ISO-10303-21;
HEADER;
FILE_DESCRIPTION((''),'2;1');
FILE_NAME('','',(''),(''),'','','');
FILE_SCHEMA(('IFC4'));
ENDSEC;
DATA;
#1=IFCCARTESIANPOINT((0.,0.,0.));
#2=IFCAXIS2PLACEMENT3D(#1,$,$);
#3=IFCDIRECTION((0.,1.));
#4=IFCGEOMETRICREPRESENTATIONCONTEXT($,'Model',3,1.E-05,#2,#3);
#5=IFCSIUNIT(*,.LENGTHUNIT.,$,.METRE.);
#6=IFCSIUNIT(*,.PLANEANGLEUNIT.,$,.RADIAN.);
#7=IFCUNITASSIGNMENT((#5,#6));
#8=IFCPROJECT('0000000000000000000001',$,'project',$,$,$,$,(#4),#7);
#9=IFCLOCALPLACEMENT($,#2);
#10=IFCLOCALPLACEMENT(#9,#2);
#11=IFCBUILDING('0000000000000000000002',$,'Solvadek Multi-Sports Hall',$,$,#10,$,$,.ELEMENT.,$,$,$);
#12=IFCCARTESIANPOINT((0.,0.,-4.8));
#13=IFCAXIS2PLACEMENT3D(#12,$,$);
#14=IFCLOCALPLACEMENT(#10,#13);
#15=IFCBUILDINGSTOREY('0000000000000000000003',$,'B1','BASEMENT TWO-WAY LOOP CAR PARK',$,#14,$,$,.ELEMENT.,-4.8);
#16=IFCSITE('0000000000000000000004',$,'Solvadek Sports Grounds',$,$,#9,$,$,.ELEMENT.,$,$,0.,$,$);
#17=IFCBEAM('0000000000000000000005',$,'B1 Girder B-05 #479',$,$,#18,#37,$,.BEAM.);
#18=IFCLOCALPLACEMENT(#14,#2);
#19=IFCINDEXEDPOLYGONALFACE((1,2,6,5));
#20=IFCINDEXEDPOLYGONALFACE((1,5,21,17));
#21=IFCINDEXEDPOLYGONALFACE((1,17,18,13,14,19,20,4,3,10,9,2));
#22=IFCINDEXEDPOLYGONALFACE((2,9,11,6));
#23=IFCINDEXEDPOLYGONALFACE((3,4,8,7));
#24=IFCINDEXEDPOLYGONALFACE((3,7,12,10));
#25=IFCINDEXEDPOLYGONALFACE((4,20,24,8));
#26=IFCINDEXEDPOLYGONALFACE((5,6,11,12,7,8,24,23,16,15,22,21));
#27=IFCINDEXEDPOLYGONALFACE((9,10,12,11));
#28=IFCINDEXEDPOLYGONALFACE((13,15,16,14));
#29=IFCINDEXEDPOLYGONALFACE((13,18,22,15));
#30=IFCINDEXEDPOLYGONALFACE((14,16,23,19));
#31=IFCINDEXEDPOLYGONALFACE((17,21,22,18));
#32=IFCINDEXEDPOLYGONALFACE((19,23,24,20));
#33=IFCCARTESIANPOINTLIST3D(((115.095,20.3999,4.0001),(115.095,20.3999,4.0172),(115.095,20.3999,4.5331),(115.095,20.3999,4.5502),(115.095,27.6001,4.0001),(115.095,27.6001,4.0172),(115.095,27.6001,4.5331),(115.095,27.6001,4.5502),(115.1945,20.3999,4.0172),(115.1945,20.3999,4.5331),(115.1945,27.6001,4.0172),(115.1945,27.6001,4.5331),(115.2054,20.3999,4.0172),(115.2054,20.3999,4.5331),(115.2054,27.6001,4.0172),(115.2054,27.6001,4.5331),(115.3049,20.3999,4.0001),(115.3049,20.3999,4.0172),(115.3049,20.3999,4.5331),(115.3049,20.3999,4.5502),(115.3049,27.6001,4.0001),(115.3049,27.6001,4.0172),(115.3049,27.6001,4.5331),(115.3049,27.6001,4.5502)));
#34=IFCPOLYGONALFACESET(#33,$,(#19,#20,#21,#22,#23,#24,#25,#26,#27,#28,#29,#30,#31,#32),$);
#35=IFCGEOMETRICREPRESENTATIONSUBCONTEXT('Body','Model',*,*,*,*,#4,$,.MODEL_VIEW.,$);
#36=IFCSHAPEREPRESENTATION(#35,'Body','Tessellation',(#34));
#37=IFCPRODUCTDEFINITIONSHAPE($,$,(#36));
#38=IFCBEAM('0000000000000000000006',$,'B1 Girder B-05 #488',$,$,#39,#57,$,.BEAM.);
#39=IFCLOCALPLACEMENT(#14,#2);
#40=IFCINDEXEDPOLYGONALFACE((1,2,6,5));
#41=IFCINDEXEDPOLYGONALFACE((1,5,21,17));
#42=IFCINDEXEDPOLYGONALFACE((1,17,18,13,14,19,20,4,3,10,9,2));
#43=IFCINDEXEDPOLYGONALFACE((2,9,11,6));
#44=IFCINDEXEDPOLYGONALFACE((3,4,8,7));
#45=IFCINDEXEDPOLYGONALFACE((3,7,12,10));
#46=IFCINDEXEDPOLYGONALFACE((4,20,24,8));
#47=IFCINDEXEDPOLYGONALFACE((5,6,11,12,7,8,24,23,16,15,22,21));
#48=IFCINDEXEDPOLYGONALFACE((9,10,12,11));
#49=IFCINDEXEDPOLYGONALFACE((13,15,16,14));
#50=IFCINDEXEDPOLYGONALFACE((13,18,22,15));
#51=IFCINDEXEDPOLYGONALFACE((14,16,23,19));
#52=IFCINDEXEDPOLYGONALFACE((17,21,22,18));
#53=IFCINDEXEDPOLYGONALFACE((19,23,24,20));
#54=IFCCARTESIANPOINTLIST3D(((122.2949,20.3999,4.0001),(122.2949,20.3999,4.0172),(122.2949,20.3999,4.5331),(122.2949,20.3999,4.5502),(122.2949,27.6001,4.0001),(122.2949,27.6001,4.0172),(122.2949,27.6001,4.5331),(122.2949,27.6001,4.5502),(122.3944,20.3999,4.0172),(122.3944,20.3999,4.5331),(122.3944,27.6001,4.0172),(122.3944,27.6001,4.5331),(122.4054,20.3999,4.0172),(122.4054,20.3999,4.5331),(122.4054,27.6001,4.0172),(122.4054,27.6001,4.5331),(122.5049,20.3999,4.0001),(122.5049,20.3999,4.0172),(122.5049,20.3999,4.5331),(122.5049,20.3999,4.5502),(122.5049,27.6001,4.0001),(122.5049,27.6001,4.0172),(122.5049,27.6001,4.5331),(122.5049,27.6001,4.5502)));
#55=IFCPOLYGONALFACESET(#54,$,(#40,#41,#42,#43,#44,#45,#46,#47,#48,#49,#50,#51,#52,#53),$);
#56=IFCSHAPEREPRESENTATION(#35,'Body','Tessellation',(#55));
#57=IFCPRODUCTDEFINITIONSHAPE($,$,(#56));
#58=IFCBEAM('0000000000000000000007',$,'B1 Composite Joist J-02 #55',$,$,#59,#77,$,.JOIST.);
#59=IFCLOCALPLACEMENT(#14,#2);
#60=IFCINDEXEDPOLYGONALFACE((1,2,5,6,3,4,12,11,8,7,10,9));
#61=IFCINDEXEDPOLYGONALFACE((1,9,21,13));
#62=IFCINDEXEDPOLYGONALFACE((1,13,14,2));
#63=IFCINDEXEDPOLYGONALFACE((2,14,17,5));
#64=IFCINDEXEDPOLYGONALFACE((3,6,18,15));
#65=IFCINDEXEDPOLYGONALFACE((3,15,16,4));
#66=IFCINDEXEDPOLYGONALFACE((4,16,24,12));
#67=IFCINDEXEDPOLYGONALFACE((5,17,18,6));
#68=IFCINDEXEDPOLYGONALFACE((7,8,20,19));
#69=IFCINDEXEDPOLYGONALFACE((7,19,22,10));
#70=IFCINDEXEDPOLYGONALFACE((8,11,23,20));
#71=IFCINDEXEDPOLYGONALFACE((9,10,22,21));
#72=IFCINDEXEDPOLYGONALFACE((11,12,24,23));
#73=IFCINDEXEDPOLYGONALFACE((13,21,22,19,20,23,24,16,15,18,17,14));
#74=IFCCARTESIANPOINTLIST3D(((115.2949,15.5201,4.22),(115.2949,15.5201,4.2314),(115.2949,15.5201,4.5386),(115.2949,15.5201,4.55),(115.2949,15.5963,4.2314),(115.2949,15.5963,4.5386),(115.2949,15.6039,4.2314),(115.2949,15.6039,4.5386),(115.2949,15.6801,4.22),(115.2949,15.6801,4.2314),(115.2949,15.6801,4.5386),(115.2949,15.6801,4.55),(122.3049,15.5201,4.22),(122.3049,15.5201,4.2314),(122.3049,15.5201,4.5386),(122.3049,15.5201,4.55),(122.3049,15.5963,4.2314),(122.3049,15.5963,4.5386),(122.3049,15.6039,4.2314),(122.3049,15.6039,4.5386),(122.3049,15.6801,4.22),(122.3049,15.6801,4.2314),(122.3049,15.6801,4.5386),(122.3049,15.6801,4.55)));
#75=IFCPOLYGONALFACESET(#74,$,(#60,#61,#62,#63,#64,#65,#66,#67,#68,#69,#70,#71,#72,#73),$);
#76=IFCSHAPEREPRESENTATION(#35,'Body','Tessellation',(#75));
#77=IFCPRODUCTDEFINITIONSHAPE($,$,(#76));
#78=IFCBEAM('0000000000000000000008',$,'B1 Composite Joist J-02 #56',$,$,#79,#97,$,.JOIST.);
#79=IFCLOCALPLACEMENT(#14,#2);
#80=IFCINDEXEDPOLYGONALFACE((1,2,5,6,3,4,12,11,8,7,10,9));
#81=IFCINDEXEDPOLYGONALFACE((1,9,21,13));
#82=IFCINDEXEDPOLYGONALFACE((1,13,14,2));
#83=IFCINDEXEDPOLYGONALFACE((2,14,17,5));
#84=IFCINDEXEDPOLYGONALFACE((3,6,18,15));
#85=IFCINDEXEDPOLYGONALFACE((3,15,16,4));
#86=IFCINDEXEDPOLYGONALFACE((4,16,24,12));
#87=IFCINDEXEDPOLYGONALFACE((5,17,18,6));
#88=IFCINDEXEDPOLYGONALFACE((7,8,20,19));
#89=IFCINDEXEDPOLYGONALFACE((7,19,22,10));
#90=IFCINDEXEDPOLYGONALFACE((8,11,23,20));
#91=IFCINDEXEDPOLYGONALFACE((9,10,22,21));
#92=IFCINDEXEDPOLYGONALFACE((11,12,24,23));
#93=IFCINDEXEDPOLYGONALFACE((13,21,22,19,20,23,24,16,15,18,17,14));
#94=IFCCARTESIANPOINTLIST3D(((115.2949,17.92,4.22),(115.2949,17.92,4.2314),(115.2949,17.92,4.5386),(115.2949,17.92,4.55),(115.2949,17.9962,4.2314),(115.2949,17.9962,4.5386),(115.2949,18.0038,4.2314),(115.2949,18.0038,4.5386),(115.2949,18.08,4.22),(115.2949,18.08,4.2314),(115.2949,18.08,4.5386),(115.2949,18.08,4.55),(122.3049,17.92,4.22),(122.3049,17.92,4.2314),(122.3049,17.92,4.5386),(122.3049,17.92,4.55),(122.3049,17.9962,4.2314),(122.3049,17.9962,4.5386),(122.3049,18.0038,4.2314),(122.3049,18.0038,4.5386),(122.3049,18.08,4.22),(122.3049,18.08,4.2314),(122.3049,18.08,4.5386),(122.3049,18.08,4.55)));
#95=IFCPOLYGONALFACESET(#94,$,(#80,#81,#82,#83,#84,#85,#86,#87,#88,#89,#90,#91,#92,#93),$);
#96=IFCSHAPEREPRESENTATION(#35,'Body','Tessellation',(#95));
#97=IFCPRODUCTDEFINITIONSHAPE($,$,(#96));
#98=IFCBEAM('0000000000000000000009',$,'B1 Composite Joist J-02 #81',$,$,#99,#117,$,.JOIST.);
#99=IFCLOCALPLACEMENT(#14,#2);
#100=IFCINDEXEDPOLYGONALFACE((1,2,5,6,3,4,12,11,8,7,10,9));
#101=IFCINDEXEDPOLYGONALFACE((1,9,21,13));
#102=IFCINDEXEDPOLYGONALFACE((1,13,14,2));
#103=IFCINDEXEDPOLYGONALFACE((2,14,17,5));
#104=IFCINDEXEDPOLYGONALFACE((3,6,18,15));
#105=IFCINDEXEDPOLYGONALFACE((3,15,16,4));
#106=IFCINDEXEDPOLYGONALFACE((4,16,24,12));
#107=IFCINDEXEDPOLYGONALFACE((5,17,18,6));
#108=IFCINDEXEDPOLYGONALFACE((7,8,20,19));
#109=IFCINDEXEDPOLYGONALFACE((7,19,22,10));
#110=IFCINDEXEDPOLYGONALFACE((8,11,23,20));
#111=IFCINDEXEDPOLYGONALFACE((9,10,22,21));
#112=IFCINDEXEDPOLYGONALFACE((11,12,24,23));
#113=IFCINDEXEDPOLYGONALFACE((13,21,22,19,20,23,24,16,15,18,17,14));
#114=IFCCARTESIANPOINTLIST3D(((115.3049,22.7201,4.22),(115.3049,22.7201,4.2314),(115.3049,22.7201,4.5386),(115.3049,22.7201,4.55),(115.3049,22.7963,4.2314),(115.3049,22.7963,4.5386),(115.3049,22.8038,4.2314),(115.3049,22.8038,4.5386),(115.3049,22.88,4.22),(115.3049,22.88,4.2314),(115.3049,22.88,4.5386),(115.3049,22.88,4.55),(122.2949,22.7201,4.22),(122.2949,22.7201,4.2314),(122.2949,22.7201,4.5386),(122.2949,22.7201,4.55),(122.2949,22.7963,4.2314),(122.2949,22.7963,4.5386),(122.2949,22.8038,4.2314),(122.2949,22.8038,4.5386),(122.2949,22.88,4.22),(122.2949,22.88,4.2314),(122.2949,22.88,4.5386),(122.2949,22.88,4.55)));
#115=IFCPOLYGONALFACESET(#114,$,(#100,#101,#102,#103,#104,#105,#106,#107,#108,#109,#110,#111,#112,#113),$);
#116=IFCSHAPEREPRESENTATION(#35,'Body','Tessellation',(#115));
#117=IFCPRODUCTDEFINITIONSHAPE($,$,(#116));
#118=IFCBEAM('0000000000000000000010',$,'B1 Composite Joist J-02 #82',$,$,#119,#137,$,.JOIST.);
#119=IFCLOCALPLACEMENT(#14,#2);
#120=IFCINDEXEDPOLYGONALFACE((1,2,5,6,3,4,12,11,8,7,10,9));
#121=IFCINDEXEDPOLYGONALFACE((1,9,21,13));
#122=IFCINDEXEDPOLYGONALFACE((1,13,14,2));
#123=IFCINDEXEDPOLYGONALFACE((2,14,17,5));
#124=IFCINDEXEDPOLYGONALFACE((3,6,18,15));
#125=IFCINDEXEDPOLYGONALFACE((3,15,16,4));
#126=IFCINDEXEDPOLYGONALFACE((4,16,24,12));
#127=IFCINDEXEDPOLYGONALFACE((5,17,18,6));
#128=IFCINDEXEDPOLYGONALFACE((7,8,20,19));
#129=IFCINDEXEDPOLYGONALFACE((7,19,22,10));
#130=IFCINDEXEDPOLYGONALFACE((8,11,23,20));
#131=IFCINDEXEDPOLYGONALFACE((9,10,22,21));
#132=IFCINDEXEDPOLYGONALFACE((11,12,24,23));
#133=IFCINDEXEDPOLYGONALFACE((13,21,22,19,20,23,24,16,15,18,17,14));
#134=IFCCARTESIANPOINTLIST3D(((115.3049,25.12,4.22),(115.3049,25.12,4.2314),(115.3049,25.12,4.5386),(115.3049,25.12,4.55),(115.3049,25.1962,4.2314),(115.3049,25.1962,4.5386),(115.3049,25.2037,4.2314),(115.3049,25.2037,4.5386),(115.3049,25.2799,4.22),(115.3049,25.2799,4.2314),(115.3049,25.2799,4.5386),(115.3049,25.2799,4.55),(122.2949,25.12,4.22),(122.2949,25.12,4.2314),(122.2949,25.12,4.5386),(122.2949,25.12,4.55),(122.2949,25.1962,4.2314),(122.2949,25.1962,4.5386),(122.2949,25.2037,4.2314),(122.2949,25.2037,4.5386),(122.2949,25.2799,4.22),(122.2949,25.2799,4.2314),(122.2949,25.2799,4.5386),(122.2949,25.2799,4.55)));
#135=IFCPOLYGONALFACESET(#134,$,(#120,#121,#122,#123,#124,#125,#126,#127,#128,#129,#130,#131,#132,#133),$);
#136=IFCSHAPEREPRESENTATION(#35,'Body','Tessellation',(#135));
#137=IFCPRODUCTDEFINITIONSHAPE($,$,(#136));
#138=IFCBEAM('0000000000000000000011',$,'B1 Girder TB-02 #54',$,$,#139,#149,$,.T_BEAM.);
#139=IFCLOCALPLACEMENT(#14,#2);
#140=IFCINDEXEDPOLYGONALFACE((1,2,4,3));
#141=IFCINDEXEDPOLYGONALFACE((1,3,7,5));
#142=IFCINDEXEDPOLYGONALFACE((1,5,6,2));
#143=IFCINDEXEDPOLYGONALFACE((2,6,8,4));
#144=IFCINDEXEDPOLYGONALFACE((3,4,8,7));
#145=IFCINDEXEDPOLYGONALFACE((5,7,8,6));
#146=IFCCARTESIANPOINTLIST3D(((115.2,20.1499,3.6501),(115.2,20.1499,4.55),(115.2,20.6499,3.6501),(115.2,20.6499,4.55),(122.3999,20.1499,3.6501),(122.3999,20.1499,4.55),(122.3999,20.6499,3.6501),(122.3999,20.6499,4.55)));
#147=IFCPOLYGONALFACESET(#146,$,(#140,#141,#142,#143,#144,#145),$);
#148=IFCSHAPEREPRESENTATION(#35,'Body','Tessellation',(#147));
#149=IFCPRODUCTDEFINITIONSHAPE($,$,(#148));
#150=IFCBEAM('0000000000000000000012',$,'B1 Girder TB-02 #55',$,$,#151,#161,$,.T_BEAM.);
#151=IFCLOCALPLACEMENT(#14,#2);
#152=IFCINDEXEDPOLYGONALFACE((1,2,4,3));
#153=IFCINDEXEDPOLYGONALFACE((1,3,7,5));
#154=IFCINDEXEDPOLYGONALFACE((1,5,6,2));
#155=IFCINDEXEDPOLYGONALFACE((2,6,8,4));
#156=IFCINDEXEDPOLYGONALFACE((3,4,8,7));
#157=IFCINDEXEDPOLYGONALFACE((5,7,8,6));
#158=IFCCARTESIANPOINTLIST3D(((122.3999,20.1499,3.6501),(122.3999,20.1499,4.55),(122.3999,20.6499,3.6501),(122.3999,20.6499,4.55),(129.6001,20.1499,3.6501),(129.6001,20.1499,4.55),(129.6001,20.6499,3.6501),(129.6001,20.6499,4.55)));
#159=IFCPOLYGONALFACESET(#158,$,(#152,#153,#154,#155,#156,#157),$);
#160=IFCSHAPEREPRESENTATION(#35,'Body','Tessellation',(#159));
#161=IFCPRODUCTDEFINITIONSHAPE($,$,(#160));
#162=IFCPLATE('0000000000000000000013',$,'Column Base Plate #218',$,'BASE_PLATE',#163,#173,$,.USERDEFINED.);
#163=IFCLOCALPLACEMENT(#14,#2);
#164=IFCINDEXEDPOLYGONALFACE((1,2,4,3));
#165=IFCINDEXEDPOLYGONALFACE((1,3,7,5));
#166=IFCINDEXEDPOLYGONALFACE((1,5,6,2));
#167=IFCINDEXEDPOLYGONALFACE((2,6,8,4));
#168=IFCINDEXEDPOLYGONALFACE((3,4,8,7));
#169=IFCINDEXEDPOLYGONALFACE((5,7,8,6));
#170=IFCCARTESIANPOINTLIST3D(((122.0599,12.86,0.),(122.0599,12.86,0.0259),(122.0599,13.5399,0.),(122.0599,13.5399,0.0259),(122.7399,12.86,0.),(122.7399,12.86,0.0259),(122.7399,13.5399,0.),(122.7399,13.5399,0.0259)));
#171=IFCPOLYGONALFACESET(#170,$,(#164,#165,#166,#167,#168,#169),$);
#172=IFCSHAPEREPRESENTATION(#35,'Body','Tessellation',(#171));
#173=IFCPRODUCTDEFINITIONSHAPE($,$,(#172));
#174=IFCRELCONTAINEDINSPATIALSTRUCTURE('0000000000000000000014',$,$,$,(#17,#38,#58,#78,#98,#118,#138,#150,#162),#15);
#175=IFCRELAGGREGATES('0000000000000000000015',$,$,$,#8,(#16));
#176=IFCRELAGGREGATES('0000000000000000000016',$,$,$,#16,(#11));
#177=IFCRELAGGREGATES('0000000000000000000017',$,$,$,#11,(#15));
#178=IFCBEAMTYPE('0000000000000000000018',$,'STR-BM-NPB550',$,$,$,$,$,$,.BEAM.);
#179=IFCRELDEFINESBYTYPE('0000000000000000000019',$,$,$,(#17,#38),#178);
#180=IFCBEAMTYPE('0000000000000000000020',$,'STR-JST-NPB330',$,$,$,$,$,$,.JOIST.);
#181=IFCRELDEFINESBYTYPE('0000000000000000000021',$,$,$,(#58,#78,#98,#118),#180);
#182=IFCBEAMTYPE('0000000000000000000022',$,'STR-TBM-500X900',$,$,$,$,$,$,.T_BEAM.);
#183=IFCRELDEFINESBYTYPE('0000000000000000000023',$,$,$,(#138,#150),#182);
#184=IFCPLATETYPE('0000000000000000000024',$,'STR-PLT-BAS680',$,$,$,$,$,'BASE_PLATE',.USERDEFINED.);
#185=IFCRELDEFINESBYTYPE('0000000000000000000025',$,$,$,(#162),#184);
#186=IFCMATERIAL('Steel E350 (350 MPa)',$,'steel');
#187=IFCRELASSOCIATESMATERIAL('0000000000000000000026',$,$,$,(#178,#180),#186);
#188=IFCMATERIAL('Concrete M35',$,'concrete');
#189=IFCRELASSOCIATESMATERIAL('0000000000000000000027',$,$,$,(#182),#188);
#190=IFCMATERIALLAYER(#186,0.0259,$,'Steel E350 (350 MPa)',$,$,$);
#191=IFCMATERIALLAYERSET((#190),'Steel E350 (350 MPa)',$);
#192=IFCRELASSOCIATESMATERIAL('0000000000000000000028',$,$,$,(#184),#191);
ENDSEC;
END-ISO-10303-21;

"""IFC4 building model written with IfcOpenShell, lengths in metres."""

from ifc_helpers import new_model, si_unit, direction, frame, origin, origin_2d, place, context, subcontext, project, spatial, rectangle, i_section, extrude, material, layer, layer_set, material_profile, profile_set, type_object, element, save


model = new_model("IFC4")

# Units and contexts
model_context = context("Model", 3, precision=1e-05, world=origin(), true_north=direction((0.0, 1.0)))
body_context = subcontext(model_context, "Body", "Model", "MODEL_VIEW")
ifc_project = project(units=[si_unit("LENGTHUNIT", "METRE"), si_unit("PLANEANGLEUNIT", "RADIAN")], contexts=[model_context])

# Site, building, storey
site_placement = place(None, origin())
site = spatial("IfcSite", under=ifc_project, at=site_placement, Name="Solvadek Sports Grounds", CompositionType="ELEMENT", RefElevation=0.0)
building_placement = place(site_placement, origin())
building = spatial("IfcBuilding", under=site, at=building_placement, Name="Solvadek Multi-Sports Hall", CompositionType="ELEMENT")
storey_placement = place(building_placement, frame((0.0, 0.0, -4.8)))
storey = spatial("IfcBuildingStorey", under=building, at=storey_placement, Name="B1", Description="BASEMENT TWO-WAY LOOP CAR PARK", CompositionType="ELEMENT", Elevation=-4.8)

# Shared definitions
ifc_material_1 = material(Name="Concrete M35", Category="concrete")

# Shared definitions
ifc_material_2 = material(Name="Steel E350 (350 MPa)", Category="steel")

# Beams
ifc_material_profile_1 = material_profile(ifc_material_2, i_section(OverallWidth=0.21, OverallDepth=0.55, WebThickness=0.011, FlangeThickness=0.0171, at=origin_2d()), Name="NPB 550")
ifc_profile_set_1 = profile_set([ifc_material_profile_1], Name="Steel E350 (350 MPa)")
beam_type_1 = type_object("IfcBeamType", Name="STR-BM-NPB550", PredefinedType="BEAM", material=ifc_profile_set_1)
for number, where, z_axis, x_axis, name in (
    (1, (115.2, 20.3999, 4.2751), (0.0, 1.0, 0.0), (-1.0, 0.0, 0.0), "B1 Girder B-05 #479"),
    (2, (122.3999, 20.3999, 4.2751), (0.0, 1.0, 0.0), (-1.0, 0.0, 0.0), "B1 Girder B-05 #488"),
):
    element("IfcBeam", number, at=place(storey_placement, frame(where, z_axis=z_axis, x_axis=x_axis)), inside=storey, type_object=beam_type_1, Name=name, PredefinedType="BEAM", context=body_context, shape_type="SweptSolid", body=[
        extrude(i_section(OverallWidth=0.21, OverallDepth=0.55, WebThickness=0.011, FlangeThickness=0.0171, at=origin_2d()), origin(), (0.0, 0.0, 1.0), 7.2002),
    ])
ifc_material_profile_2 = material_profile(ifc_material_2, i_section(OverallWidth=0.1599, OverallDepth=0.3301, WebThickness=0.0076, FlangeThickness=0.0115, at=origin_2d()), Name="NPB 330")
ifc_profile_set_2 = profile_set([ifc_material_profile_2], Name="Steel E350 (350 MPa)")
beam_type_2 = type_object("IfcBeamType", Name="STR-JST-NPB330", PredefinedType="JOIST", material=ifc_profile_set_2)
for number, where, z_axis, x_axis, name in (
    (3, (115.2949, 15.6001, 4.385), (1.0, 0.0, 0.0), (0.0, 1.0, 0.0), "B1 Composite Joist J-02 #55"),
    (4, (115.2949, 18.0, 4.385), (1.0, 0.0, 0.0), (0.0, 1.0, 0.0), "B1 Composite Joist J-02 #56"),
):
    element("IfcBeam", number, at=place(storey_placement, frame(where, z_axis=z_axis, x_axis=x_axis)), inside=storey, type_object=beam_type_2, Name=name, PredefinedType="JOIST", context=body_context, shape_type="SweptSolid", body=[
        extrude(i_section(OverallWidth=0.1599, OverallDepth=0.3301, WebThickness=0.0076, FlangeThickness=0.0115, at=origin_2d()), origin(), (0.0, 0.0, 1.0), 7.01),
    ])
for number, where, z_axis, x_axis, name in (
    (5, (115.3049, 22.8, 4.385), (1.0, 0.0, 0.0), (0.0, 1.0, 0.0), "B1 Composite Joist J-02 #81"),
    (6, (115.3049, 25.2, 4.385), (1.0, 0.0, 0.0), (0.0, 1.0, 0.0), "B1 Composite Joist J-02 #82"),
):
    element("IfcBeam", number, at=place(storey_placement, frame(where, z_axis=z_axis, x_axis=x_axis)), inside=storey, type_object=beam_type_2, Name=name, PredefinedType="JOIST", context=body_context, shape_type="SweptSolid", body=[
        extrude(i_section(OverallWidth=0.1599, OverallDepth=0.3301, WebThickness=0.0076, FlangeThickness=0.0115, at=origin_2d()), origin(), (0.0, 0.0, 1.0), 6.99),
    ])
ifc_material_profile_3 = material_profile(ifc_material_1, rectangle(XDim=0.5, YDim=0.8999, at=origin_2d()), Name="RC T-BEAM 500x900")
ifc_profile_set_3 = profile_set([ifc_material_profile_3], Name="Concrete M35")
beam_type_3 = type_object("IfcBeamType", Name="STR-TBM-500X900", PredefinedType="T_BEAM", material=ifc_profile_set_3)
beam_1_placement = place(storey_placement, frame((115.2, 20.3999, 4.1001), z_axis=(1.0, 0.0, 0.0), x_axis=(0.0, 1.0, 0.0)))
element("IfcBeam", 7, at=beam_1_placement, inside=storey, type_object=beam_type_3, Name="B1 Girder TB-02 #54", PredefinedType="T_BEAM", context=body_context, shape_type="SweptSolid", body=[
    extrude(rectangle(XDim=0.5, YDim=0.8999, at=origin_2d()), origin(), (0.0, 0.0, 1.0), 7.2),
])
beam_2_placement = place(storey_placement, frame((122.3999, 20.3999, 4.1001), z_axis=(1.0, 0.0, 0.0), x_axis=(0.0, 1.0, 0.0)))
element("IfcBeam", 8, at=beam_2_placement, inside=storey, type_object=beam_type_3, Name="B1 Girder TB-02 #55", PredefinedType="T_BEAM", context=body_context, shape_type="SweptSolid", body=[
    extrude(rectangle(XDim=0.5, YDim=0.8999, at=origin_2d()), origin(), (0.0, 0.0, 1.0), 7.2002),
])

# Plate
ifc_layer = layer(ifc_material_2, 0.0259, Name="Steel E350 (350 MPa)")
ifc_layer_set = layer_set([ifc_layer], Name="Steel E350 (350 MPa)")
plate_type = type_object("IfcPlateType", Name="STR-PLT-BAS680", ElementType="BASE_PLATE", PredefinedType="USERDEFINED", material=ifc_layer_set)
plate_placement = place(storey_placement, frame((122.3999, 13.2, 0.0), z_axis=(0.0, 0.0, 1.0), x_axis=(1.0, 0.0, 0.0)))
element("IfcPlate", 9, at=plate_placement, inside=storey, type_object=plate_type, Name="Column Base Plate #218", ObjectType="BASE_PLATE", PredefinedType="USERDEFINED", context=body_context, shape_type="SweptSolid", body=[
    extrude(rectangle(XDim=0.6799, YDim=0.6799, at=origin_2d()), origin(), (0.0, 0.0, 1.0), 0.0259),
])

save(model, "model.ifc")
